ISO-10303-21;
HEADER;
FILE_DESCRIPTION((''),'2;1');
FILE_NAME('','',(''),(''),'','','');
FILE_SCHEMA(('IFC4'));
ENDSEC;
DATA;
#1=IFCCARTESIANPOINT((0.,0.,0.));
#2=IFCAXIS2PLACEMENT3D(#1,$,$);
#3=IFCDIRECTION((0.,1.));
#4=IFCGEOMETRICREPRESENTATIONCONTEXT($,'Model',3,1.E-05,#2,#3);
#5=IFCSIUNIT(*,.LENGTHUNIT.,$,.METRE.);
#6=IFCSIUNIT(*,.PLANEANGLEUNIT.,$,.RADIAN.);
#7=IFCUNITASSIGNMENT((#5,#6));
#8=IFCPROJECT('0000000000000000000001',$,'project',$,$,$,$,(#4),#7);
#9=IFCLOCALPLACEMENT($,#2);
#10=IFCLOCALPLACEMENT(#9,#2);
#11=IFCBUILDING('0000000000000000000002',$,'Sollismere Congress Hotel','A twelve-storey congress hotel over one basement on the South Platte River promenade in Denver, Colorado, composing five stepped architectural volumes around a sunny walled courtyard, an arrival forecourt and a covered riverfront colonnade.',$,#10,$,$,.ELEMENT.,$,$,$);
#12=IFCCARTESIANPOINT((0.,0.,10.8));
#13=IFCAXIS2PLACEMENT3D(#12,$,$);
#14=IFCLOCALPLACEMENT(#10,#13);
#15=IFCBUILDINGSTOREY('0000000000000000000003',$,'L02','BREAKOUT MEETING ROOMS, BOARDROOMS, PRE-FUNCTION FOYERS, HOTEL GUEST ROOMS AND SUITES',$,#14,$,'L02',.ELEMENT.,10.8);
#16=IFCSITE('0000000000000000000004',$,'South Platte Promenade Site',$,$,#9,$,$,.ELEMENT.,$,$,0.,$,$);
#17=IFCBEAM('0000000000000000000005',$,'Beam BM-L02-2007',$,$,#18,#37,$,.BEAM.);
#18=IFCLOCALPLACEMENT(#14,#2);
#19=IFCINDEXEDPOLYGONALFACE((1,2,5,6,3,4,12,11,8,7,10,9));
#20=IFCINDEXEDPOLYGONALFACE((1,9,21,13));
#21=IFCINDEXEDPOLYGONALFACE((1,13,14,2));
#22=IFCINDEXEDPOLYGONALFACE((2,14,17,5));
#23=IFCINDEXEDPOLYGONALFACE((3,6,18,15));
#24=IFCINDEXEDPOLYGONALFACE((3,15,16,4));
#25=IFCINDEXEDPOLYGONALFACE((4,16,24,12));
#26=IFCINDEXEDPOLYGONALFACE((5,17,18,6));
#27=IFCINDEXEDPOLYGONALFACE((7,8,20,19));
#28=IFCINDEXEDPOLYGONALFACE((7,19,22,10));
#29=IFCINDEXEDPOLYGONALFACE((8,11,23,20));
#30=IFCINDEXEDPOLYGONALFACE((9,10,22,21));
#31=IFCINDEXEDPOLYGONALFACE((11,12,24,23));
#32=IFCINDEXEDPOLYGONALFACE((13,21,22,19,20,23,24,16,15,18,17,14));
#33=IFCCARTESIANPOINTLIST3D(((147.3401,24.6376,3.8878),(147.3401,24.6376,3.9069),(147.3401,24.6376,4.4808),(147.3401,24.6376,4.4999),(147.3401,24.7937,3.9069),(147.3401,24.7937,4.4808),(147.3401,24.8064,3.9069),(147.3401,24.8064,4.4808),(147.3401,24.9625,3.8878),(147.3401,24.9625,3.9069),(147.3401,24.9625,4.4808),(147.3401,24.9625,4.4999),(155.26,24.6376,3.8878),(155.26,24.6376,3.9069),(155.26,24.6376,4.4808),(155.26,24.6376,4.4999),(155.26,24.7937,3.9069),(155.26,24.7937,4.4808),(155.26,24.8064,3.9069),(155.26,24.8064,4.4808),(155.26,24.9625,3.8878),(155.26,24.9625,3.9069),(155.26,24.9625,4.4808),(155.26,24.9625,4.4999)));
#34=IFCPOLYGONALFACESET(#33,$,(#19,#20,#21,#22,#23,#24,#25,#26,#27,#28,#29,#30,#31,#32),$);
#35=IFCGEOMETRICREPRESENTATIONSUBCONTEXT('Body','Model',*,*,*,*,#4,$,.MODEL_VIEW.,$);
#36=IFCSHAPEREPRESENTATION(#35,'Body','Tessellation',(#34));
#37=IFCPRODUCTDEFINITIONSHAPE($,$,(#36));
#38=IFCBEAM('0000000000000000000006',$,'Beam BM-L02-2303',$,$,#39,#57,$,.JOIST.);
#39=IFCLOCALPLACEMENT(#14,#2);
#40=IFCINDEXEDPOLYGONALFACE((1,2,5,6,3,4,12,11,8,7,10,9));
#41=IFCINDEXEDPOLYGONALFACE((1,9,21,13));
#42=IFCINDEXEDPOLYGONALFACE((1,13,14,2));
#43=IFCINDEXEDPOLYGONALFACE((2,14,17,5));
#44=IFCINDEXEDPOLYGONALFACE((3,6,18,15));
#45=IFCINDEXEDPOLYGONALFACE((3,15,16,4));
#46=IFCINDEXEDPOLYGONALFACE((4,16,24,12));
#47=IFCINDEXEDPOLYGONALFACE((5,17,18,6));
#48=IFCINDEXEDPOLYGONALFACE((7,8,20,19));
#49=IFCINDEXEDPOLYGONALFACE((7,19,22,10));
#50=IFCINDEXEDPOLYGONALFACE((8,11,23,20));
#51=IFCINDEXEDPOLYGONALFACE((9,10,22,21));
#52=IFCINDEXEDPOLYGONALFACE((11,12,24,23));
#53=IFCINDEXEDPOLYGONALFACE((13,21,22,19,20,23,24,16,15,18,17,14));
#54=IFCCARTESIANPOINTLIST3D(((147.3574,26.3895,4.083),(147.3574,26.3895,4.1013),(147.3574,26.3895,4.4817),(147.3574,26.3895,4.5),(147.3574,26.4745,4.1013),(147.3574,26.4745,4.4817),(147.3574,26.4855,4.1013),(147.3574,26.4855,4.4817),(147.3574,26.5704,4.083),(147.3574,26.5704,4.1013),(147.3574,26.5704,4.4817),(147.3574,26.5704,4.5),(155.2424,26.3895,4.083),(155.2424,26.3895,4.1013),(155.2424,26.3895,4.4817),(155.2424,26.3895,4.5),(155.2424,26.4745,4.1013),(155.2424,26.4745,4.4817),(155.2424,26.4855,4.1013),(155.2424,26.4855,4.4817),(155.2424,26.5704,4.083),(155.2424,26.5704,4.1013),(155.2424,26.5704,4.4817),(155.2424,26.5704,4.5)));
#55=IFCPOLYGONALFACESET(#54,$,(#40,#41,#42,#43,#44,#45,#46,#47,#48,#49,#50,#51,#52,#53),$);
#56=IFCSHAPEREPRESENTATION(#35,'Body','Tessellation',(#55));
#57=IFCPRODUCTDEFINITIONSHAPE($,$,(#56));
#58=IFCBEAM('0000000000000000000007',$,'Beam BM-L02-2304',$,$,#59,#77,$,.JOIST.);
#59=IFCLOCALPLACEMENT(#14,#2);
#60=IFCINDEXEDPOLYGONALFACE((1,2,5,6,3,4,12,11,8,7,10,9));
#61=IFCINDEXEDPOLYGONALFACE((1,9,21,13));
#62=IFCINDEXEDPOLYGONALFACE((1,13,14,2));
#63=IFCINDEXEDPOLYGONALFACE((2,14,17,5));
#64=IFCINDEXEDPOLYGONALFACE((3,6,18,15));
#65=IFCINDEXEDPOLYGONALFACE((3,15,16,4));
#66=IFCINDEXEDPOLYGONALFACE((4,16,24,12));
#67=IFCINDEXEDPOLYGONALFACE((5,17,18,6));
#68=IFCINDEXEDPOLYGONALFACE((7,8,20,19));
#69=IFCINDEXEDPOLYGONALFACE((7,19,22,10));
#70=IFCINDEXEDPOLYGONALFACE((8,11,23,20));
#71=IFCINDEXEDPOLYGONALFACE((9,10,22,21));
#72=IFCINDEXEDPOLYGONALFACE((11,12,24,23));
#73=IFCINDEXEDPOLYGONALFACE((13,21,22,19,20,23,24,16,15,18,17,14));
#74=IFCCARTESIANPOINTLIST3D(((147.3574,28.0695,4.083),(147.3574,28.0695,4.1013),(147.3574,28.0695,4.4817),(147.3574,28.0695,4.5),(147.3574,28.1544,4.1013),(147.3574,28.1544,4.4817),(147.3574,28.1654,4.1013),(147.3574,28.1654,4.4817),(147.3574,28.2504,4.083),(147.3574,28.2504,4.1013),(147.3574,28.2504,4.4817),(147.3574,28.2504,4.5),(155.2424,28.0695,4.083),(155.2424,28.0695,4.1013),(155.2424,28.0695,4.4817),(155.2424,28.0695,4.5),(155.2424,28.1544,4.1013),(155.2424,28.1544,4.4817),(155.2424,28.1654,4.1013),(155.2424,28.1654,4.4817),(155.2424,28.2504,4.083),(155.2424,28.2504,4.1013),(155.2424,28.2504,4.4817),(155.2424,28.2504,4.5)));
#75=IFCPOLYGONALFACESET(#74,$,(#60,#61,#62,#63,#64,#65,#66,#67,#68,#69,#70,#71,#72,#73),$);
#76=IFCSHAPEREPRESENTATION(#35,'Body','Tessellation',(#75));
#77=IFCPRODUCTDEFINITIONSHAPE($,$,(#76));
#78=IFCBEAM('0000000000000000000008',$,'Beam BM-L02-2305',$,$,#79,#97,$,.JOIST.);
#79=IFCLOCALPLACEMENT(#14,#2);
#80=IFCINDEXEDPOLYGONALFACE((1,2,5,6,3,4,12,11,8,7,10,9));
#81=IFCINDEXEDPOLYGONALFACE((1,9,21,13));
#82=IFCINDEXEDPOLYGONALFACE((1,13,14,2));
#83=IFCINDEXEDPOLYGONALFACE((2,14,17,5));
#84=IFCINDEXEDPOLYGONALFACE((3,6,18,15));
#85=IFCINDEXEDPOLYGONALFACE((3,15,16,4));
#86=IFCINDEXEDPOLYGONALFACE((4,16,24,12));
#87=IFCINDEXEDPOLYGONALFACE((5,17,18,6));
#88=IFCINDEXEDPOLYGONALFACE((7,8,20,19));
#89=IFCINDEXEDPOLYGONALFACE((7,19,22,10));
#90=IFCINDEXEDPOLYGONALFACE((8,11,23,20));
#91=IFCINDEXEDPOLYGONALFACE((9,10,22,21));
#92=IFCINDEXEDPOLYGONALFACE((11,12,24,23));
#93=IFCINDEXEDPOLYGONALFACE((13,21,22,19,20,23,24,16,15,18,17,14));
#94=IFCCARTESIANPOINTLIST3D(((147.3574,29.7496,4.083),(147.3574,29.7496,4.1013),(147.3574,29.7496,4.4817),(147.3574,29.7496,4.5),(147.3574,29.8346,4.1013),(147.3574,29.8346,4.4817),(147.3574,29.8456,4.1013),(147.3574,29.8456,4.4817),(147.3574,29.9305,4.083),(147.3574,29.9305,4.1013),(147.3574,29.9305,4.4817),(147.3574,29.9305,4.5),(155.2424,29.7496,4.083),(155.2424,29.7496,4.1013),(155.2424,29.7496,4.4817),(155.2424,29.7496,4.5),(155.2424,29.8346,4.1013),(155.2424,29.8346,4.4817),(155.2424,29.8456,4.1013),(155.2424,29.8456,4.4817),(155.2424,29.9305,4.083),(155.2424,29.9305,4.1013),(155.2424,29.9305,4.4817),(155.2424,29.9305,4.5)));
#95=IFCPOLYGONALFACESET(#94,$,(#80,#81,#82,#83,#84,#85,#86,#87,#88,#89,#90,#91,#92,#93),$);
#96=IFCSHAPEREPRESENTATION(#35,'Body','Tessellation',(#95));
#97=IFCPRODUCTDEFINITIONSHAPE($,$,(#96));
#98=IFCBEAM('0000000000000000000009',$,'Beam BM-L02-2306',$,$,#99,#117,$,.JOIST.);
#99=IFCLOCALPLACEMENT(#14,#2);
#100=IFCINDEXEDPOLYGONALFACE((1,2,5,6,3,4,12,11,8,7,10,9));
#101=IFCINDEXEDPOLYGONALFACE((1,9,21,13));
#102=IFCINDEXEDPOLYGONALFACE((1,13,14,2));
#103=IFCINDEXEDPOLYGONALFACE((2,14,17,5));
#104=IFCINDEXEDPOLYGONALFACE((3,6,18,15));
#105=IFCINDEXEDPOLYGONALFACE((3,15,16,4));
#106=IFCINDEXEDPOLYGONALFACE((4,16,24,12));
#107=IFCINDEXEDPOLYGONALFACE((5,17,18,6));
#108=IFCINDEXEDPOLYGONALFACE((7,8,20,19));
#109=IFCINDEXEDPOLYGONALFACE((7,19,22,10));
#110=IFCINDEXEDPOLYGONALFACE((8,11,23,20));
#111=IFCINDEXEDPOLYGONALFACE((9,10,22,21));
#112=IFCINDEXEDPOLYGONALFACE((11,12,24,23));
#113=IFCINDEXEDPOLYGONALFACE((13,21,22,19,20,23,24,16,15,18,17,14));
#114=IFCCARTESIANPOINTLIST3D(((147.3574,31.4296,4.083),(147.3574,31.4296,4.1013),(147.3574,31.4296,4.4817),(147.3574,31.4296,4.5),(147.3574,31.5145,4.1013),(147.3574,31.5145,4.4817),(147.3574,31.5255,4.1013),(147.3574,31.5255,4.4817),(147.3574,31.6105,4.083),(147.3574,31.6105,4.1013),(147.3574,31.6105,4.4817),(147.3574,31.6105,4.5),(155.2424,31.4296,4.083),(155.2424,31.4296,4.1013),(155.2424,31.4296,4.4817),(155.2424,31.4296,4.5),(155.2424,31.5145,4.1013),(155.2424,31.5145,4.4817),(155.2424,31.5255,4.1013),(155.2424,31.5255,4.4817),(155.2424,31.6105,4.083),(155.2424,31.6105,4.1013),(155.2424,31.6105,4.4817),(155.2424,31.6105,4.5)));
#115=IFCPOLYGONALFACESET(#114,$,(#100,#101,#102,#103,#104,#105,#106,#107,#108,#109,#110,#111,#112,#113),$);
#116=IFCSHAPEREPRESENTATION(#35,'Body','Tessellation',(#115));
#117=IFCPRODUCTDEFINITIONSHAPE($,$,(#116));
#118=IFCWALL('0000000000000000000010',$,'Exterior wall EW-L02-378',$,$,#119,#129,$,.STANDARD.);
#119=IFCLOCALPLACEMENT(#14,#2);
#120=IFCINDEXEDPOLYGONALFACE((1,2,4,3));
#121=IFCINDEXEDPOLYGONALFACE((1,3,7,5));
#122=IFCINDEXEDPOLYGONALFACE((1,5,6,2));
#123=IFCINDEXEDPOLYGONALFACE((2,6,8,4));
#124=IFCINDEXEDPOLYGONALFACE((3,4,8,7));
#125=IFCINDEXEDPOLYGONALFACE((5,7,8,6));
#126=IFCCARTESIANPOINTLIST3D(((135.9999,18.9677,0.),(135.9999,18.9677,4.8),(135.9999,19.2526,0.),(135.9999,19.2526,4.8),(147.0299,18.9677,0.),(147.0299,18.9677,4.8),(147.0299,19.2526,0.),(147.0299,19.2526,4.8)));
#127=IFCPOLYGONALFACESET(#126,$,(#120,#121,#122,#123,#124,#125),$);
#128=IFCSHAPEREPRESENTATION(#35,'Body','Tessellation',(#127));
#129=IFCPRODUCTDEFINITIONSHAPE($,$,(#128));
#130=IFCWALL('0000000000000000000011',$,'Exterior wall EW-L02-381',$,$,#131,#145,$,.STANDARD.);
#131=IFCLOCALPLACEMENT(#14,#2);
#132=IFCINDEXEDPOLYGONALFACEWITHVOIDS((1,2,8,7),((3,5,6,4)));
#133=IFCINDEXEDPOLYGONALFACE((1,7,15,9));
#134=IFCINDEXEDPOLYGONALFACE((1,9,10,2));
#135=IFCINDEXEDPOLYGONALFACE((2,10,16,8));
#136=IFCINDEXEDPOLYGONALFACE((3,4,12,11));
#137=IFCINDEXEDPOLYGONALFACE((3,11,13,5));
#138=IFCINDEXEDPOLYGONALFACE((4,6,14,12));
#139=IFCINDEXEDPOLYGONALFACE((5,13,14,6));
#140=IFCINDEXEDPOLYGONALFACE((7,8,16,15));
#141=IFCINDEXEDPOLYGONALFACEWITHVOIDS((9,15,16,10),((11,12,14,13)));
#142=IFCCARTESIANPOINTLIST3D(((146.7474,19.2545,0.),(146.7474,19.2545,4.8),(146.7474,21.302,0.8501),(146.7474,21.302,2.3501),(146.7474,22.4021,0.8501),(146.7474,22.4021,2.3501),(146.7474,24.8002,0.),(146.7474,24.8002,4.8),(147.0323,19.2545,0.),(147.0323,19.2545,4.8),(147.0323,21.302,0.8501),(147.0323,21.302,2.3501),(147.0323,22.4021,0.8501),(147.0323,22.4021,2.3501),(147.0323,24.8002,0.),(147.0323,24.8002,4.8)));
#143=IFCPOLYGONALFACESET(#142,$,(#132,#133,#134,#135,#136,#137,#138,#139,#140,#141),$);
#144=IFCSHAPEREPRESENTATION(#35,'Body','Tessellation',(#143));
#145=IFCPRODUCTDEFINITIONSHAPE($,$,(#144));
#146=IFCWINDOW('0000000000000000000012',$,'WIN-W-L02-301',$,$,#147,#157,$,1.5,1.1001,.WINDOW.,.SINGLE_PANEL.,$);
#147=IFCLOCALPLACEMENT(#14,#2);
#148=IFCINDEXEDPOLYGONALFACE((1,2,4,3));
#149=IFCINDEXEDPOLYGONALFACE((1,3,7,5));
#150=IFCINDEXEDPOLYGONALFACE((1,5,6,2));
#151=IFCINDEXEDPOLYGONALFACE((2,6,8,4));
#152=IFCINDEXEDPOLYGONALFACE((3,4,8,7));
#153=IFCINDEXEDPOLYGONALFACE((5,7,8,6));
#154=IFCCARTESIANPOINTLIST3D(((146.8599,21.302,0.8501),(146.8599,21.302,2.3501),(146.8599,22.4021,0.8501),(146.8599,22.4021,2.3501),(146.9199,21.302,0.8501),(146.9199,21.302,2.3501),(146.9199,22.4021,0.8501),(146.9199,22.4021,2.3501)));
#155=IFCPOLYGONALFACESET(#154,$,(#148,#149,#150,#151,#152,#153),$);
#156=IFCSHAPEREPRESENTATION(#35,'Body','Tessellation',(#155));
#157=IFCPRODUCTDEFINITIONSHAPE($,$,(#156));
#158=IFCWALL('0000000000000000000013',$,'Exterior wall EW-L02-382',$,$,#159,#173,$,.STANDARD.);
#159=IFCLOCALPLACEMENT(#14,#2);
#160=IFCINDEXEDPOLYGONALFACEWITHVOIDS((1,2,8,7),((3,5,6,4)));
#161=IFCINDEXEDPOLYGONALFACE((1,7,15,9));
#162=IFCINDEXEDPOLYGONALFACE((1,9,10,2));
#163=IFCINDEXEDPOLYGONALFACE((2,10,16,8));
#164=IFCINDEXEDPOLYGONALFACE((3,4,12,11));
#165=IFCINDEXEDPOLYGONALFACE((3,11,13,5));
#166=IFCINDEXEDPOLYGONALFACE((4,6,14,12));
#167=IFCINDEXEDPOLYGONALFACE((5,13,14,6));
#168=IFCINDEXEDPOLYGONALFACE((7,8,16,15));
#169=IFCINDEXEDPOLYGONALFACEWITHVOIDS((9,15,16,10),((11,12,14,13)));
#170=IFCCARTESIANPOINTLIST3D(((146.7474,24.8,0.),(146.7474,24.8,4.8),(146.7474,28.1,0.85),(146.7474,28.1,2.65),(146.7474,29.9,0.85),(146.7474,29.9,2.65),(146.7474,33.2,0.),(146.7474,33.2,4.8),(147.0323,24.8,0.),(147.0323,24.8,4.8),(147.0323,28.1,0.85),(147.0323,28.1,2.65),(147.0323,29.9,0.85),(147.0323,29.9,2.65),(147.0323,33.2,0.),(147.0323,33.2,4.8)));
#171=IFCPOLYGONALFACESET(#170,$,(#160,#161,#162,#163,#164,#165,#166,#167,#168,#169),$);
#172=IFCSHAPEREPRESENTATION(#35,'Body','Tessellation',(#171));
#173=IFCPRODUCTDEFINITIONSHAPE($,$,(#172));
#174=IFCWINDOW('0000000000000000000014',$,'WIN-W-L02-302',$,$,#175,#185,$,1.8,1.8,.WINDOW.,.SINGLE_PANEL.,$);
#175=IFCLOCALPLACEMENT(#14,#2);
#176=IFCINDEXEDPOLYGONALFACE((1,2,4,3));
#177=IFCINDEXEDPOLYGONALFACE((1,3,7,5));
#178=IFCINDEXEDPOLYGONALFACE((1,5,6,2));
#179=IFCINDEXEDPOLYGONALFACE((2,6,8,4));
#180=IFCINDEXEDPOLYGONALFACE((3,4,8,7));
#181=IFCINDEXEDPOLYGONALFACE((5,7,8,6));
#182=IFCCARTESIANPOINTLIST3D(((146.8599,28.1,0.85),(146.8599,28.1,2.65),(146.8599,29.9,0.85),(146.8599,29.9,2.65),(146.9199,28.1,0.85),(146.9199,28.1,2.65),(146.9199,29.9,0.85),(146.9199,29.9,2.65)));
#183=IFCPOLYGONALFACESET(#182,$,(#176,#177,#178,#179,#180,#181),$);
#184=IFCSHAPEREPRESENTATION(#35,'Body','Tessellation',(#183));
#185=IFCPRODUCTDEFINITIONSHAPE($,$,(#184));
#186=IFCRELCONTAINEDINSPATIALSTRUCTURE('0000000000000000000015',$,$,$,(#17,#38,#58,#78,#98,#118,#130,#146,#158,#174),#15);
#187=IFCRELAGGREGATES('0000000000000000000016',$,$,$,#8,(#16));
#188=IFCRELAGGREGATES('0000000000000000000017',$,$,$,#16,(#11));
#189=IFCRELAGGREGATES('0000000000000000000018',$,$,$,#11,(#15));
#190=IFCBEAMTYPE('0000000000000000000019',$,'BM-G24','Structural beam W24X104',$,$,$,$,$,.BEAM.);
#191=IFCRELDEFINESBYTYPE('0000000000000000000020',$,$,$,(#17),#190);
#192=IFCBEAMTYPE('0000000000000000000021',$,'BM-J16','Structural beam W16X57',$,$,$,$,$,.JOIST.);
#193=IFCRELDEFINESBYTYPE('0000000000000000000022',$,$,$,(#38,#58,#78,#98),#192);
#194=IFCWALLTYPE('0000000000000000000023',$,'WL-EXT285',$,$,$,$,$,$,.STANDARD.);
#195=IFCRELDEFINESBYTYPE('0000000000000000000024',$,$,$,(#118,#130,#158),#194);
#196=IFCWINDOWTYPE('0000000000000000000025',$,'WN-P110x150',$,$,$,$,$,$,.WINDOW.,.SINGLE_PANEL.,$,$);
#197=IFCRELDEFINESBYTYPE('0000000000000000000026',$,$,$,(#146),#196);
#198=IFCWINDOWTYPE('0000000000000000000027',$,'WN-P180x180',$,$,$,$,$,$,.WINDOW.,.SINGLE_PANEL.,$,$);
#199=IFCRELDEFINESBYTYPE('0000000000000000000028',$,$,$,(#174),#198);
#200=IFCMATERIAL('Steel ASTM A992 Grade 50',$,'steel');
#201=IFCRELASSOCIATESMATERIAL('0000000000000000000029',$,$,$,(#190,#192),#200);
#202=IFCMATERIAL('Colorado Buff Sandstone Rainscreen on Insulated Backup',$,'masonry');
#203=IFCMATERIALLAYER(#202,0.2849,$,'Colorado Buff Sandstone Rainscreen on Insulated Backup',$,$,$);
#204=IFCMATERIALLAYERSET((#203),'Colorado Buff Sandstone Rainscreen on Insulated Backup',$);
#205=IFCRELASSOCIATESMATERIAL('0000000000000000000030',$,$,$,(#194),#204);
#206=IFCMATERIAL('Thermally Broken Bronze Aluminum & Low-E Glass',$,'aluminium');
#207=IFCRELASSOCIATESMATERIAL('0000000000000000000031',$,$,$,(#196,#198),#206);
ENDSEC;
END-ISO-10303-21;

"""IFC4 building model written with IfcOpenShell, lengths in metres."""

from ifc_helpers import new_model, si_unit, direction, frame, frame_2d, origin, origin_2d, place, context, subcontext, project, spatial, rectangle, i_section, extrude, material, layer, layer_set, material_profile, profile_set, type_object, element, fill, save


model = new_model("IFC4")

# Units and contexts
model_context = context("Model", 3, precision=1e-05, world=origin(), true_north=direction((0.0, 1.0)))
body_context = subcontext(model_context, "Body", "Model", "MODEL_VIEW")
ifc_project = project(units=[si_unit("LENGTHUNIT", "METRE"), si_unit("PLANEANGLEUNIT", "RADIAN")], contexts=[model_context])

# Site, building, storey
site_placement = place(None, origin())
site = spatial("IfcSite", under=ifc_project, at=site_placement, Name="South Platte Promenade Site", CompositionType="ELEMENT", RefElevation=0.0)
building_placement = place(site_placement, origin())
building = spatial("IfcBuilding", under=site, at=building_placement, Name="Sollismere Congress Hotel", Description="A twelve-storey congress hotel over one basement on the South Platte River promenade in Denver, Colorado, composing five stepped architectural volumes around a sunny walled courtyard, an arrival forecourt and a covered riverfront colonnade.", CompositionType="ELEMENT")
storey_placement = place(building_placement, frame((0.0, 0.0, 10.8)))
storey = spatial("IfcBuildingStorey", under=building, at=storey_placement, Name="L02", Description="BREAKOUT MEETING ROOMS, BOARDROOMS, PRE-FUNCTION FOYERS, HOTEL GUEST ROOMS AND SUITES", LongName="L02", CompositionType="ELEMENT", Elevation=10.8)

# Shared definitions
ifc_material_1 = material(Name="Steel ASTM A992 Grade 50", Category="steel")

# Beams
ifc_material_profile_1 = material_profile(ifc_material_1, i_section(OverallWidth=0.325, OverallDepth=0.6121, WebThickness=0.0127, FlangeThickness=0.019, at=origin_2d()), Name="W24X104")
ifc_profile_set_1 = profile_set([ifc_material_profile_1], Name="Steel ASTM A992 Grade 50")
beam_type_1 = type_object("IfcBeamType", Name="BM-G24", Description="Structural beam W24X104", PredefinedType="BEAM", material=ifc_profile_set_1)
beam_1_placement = place(storey_placement, frame((147.3401, 24.8, 4.1938), z_axis=(1.0, 0.0, 0.0), x_axis=(0.0, 1.0, 0.0)))
element("IfcBeam", 1, at=beam_1_placement, inside=storey, type_object=beam_type_1, Name="Beam BM-L02-2007", PredefinedType="BEAM", context=body_context, shape_type="SweptSolid", body=[
    extrude(i_section(OverallWidth=0.325, OverallDepth=0.6121, WebThickness=0.0127, FlangeThickness=0.019, at=origin_2d()), origin(), (0.0, 0.0, 1.0), 7.9199),
])
ifc_material_profile_2 = material_profile(ifc_material_1, i_section(OverallWidth=0.1809, OverallDepth=0.417, WebThickness=0.011, FlangeThickness=0.0183, at=origin_2d()), Name="W16X57")
ifc_profile_set_2 = profile_set([ifc_material_profile_2], Name="Steel ASTM A992 Grade 50")
beam_type_2 = type_object("IfcBeamType", Name="BM-J16", Description="Structural beam W16X57", PredefinedType="JOIST", material=ifc_profile_set_2)
for number, where, z_axis, x_axis, name in (
    (2, (147.3574, 26.48, 4.2915), (1.0, 0.0, 0.0), (0.0, 1.0, 0.0), "Beam BM-L02-2303"),
    (3, (147.3574, 28.1599, 4.2915), (1.0, 0.0, 0.0), (0.0, 1.0, 0.0), "Beam BM-L02-2304"),
    (4, (147.3574, 29.8401, 4.2915), (1.0, 0.0, 0.0), (0.0, 1.0, 0.0), "Beam BM-L02-2305"),
    (5, (147.3574, 31.52, 4.2915), (1.0, 0.0, 0.0), (0.0, 1.0, 0.0), "Beam BM-L02-2306"),
):
    element("IfcBeam", number, at=place(storey_placement, frame(where, z_axis=z_axis, x_axis=x_axis)), inside=storey, type_object=beam_type_2, Name=name, PredefinedType="JOIST", context=body_context, shape_type="SweptSolid", body=[
        extrude(i_section(OverallWidth=0.1809, OverallDepth=0.417, WebThickness=0.011, FlangeThickness=0.0183, at=origin_2d()), origin(), (0.0, 0.0, 1.0), 7.885),
    ])

# Wall
ifc_material_2 = material(Name="Colorado Buff Sandstone Rainscreen on Insulated Backup", Category="masonry")
ifc_layer_1 = layer(ifc_material_2, 0.2849, Name="Colorado Buff Sandstone Rainscreen on Insulated Backup")
ifc_layer_set_1 = layer_set([ifc_layer_1], Name="Colorado Buff Sandstone Rainscreen on Insulated Backup")
wall_type_1 = type_object("IfcWallType", Name="WL-EXT285", PredefinedType="STANDARD", material=ifc_layer_set_1)
wall_1_placement = place(storey_placement, frame((147.03, 19.1101, 0.0), z_axis=(0.0, 0.0, 1.0), x_axis=(-1.0, 0.0, 0.0)))
element("IfcWall", 6, at=wall_1_placement, inside=storey, type_object=wall_type_1, Name="Exterior wall EW-L02-378", PredefinedType="STANDARD", context=body_context, shape_type="SweptSolid", body=[
    extrude(rectangle(XDim=11.03, YDim=0.2849, at=frame_2d((5.5151, 0.0))), origin(), (0.0, 0.0, 1.0), 4.8),
])

# Walls, openings, windows
wall_2_placement = place(storey_placement, frame((146.8899, 19.2544, 0.0), z_axis=(0.0, 0.0, 1.0), x_axis=(0.0, 1.0, 0.0)))
wall_2 = element("IfcWall", 7, at=wall_2_placement, inside=storey, type_object=wall_type_1, Name="Exterior wall EW-L02-381", PredefinedType="STANDARD", context=body_context, shape_type="SweptSolid", body=[
    extrude(rectangle(XDim=5.5457, YDim=0.2849, at=frame_2d((2.7729, 0.0))), origin(), (0.0, 0.0, 1.0), 4.8),
])
opening_1_placement = place(wall_2_placement, frame((2.0476, 0.0, 0.8501)))
opening_1 = element("IfcOpeningElement", 8, at=opening_1_placement, cuts=wall_2, PredefinedType="OPENING", context=body_context, shape_type="SweptSolid", body=[
    extrude(rectangle(XDim=1.1001, YDim=1.5, at=frame_2d((0.55, 0.75))), frame((0.0, 0.1523, 0.0), z_axis=(0.0, -1.0, 0.0), x_axis=(1.0, 0.0, 0.0)), (0.0, 0.0, 1.0), 0.3049),
])
ifc_material_3 = material(Name="Thermally Broken Bronze Aluminum & Low-E Glass", Category="aluminium")
window_type_1 = type_object("IfcWindowType", Name="WN-P110x150", PartitioningType="SINGLE_PANEL", PredefinedType="WINDOW", material=ifc_material_3)
window_1_placement = place(opening_1_placement, origin())
window_1 = element("IfcWindow", 9, at=window_1_placement, inside=storey, type_object=window_type_1, Name="WIN-W-L02-301", OverallHeight=1.5, OverallWidth=1.1001, PartitioningType="SINGLE_PANEL", PredefinedType="WINDOW", context=body_context, shape_type="SweptSolid", body=[
    extrude(rectangle(XDim=1.1001, YDim=1.5, at=frame_2d((0.55, 0.75))), frame((0.0, 0.03, 0.0), z_axis=(0.0, -1.0, 0.0), x_axis=(1.0, 0.0, 0.0)), (0.0, 0.0, 1.0), 0.0601),
])
fill(opening_1, window_1)
wall_3_placement = place(storey_placement, frame((146.8899, 24.8, 0.0), z_axis=(0.0, 0.0, 1.0), x_axis=(0.0, 1.0, 0.0)))
wall_3 = element("IfcWall", 10, at=wall_3_placement, inside=storey, type_object=wall_type_1, Name="Exterior wall EW-L02-382", PredefinedType="STANDARD", context=body_context, shape_type="SweptSolid", body=[
    extrude(rectangle(XDim=8.3999, YDim=0.2849, at=frame_2d((4.2, 0.0))), origin(), (0.0, 0.0, 1.0), 4.8),
])
opening_2_placement = place(wall_3_placement, frame((3.3, 0.0, 0.8501)))
opening_2 = element("IfcOpeningElement", 11, at=opening_2_placement, cuts=wall_3, PredefinedType="OPENING", context=body_context, shape_type="SweptSolid", body=[
    extrude(rectangle(XDim=1.8, YDim=1.8, at=frame_2d((0.8999, 0.8999))), frame((0.0, 0.1523, 0.0), z_axis=(0.0, -1.0, 0.0), x_axis=(1.0, 0.0, 0.0)), (0.0, 0.0, 1.0), 0.3049),
])
window_type_2 = type_object("IfcWindowType", Name="WN-P180x180", PartitioningType="SINGLE_PANEL", PredefinedType="WINDOW", material=ifc_material_3)
window_2_placement = place(opening_2_placement, origin())
window_2 = element("IfcWindow", 12, at=window_2_placement, inside=storey, type_object=window_type_2, Name="WIN-W-L02-302", OverallHeight=1.8, OverallWidth=1.8, PartitioningType="SINGLE_PANEL", PredefinedType="WINDOW", context=body_context, shape_type="SweptSolid", body=[
    extrude(rectangle(XDim=1.8, YDim=1.8, at=frame_2d((0.8999, 0.8999))), frame((0.0, 0.03, 0.0), z_axis=(0.0, -1.0, 0.0), x_axis=(1.0, 0.0, 0.0)), (0.0, 0.0, 1.0), 0.0601),
])
fill(opening_2, window_2)

save(model, "model.ifc")
